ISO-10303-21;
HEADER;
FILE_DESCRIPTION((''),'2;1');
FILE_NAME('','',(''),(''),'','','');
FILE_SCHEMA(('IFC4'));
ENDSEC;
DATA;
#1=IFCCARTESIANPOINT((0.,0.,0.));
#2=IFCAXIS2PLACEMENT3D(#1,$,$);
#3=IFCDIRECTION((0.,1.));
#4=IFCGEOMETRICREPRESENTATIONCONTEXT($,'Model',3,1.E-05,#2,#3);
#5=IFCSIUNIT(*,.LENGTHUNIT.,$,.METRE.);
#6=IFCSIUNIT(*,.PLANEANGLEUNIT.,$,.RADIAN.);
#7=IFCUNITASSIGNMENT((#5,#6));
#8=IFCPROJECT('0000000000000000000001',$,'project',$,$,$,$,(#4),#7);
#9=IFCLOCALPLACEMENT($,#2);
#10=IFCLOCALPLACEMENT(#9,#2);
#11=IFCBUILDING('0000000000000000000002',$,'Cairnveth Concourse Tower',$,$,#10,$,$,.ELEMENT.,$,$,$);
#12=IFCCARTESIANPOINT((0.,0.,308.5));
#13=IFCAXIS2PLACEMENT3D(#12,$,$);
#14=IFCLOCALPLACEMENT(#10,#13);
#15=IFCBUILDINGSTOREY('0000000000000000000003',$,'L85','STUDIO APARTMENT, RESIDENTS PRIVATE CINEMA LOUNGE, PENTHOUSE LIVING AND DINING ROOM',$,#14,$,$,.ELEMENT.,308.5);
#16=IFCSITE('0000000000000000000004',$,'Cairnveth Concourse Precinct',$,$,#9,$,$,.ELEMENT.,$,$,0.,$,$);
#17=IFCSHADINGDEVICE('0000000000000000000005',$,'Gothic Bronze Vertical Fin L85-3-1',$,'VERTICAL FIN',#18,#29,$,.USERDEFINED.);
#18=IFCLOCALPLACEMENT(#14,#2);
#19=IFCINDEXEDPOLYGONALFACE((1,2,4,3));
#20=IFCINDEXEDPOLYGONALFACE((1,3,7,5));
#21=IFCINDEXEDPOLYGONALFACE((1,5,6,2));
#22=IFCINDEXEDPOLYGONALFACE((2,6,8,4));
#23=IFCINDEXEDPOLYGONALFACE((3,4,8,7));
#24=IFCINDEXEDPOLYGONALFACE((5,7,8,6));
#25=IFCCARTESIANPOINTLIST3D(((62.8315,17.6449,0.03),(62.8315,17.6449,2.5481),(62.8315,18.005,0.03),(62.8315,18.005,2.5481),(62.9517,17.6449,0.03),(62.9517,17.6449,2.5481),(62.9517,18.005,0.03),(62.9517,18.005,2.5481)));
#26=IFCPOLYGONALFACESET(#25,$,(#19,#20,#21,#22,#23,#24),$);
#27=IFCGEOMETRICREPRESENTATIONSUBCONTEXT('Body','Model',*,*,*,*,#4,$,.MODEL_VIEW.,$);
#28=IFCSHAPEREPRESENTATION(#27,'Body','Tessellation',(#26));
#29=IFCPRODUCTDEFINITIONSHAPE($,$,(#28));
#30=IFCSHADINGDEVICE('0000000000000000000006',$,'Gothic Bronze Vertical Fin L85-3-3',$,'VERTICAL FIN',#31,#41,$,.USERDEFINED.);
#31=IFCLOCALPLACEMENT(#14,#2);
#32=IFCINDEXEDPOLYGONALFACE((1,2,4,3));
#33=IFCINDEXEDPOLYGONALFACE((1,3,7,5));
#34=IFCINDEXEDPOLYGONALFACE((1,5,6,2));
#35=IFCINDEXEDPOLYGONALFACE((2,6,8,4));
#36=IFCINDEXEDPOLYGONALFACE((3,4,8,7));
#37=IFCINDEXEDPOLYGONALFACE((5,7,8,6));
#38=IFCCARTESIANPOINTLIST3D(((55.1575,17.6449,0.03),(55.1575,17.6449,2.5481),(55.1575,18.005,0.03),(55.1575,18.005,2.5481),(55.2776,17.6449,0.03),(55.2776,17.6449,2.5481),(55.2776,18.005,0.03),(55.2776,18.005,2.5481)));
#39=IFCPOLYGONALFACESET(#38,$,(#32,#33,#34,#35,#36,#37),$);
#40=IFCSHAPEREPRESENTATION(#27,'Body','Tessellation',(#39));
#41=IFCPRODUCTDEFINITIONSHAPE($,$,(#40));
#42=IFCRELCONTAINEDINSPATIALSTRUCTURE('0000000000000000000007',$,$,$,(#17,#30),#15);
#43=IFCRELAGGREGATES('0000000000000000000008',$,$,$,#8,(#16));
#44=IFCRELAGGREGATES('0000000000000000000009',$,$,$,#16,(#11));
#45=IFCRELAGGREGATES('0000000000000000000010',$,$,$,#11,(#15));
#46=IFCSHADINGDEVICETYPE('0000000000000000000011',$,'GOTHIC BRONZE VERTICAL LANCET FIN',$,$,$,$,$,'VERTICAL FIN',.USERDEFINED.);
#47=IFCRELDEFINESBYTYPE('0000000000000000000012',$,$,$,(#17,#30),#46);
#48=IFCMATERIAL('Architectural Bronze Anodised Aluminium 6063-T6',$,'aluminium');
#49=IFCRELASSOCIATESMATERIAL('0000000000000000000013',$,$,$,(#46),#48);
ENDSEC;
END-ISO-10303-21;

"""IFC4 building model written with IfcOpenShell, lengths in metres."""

from ifc_helpers import new_model, si_unit, direction, frame, origin, origin_2d, place, context, subcontext, project, spatial, rectangle, extrude, material, type_object, element, save


model = new_model("IFC4")

# Units and contexts
model_context = context("Model", 3, precision=1e-05, world=origin(), true_north=direction((0.0, 1.0)))
body_context = subcontext(model_context, "Body", "Model", "MODEL_VIEW")
ifc_project = project(units=[si_unit("LENGTHUNIT", "METRE"), si_unit("PLANEANGLEUNIT", "RADIAN")], contexts=[model_context])

# Site, building, storey
site_placement = place(None, origin())
site = spatial("IfcSite", under=ifc_project, at=site_placement, Name="Cairnveth Concourse Precinct", CompositionType="ELEMENT", RefElevation=0.0)
building_placement = place(site_placement, origin())
building = spatial("IfcBuilding", under=site, at=building_placement, Name="Cairnveth Concourse Tower", CompositionType="ELEMENT")
storey_placement = place(building_placement, frame((0.0, 0.0, 308.5)))
storey = spatial("IfcBuildingStorey", under=building, at=storey_placement, Name="L85", Description="STUDIO APARTMENT, RESIDENTS PRIVATE CINEMA LOUNGE, PENTHOUSE LIVING AND DINING ROOM", CompositionType="ELEMENT", Elevation=308.5)

# Shading devices
ifc_material_1 = material(Name="Architectural Bronze Anodised Aluminium 6063-T6", Category="aluminium")
shading_device_type = type_object("IfcShadingDeviceType", Name="GOTHIC BRONZE VERTICAL LANCET FIN", ElementType="VERTICAL FIN", PredefinedType="USERDEFINED", material=ifc_material_1)
for number, where, z_axis, x_axis, name in (
    (1, (62.8916, 17.825, 0.03), (0.0, 0.0, 1.0), (1.0, 0.0, 0.0), "Gothic Bronze Vertical Fin L85-3-1"),
    (2, (55.2175, 17.825, 0.03), (0.0, 0.0, 1.0), (1.0, 0.0, 0.0), "Gothic Bronze Vertical Fin L85-3-3"),
):
    element("IfcShadingDevice", number, at=place(storey_placement, frame(where, z_axis=z_axis, x_axis=x_axis)), inside=storey, type_object=shading_device_type, Name=name, ObjectType="VERTICAL FIN", PredefinedType="USERDEFINED", context=body_context, shape_type="SweptSolid", body=[
        extrude(rectangle(XDim=0.1201, YDim=0.3601, at=origin_2d()), origin(), (0.0, 0.0, 1.0), 2.5181),
    ])

save(model, "model.ifc")
